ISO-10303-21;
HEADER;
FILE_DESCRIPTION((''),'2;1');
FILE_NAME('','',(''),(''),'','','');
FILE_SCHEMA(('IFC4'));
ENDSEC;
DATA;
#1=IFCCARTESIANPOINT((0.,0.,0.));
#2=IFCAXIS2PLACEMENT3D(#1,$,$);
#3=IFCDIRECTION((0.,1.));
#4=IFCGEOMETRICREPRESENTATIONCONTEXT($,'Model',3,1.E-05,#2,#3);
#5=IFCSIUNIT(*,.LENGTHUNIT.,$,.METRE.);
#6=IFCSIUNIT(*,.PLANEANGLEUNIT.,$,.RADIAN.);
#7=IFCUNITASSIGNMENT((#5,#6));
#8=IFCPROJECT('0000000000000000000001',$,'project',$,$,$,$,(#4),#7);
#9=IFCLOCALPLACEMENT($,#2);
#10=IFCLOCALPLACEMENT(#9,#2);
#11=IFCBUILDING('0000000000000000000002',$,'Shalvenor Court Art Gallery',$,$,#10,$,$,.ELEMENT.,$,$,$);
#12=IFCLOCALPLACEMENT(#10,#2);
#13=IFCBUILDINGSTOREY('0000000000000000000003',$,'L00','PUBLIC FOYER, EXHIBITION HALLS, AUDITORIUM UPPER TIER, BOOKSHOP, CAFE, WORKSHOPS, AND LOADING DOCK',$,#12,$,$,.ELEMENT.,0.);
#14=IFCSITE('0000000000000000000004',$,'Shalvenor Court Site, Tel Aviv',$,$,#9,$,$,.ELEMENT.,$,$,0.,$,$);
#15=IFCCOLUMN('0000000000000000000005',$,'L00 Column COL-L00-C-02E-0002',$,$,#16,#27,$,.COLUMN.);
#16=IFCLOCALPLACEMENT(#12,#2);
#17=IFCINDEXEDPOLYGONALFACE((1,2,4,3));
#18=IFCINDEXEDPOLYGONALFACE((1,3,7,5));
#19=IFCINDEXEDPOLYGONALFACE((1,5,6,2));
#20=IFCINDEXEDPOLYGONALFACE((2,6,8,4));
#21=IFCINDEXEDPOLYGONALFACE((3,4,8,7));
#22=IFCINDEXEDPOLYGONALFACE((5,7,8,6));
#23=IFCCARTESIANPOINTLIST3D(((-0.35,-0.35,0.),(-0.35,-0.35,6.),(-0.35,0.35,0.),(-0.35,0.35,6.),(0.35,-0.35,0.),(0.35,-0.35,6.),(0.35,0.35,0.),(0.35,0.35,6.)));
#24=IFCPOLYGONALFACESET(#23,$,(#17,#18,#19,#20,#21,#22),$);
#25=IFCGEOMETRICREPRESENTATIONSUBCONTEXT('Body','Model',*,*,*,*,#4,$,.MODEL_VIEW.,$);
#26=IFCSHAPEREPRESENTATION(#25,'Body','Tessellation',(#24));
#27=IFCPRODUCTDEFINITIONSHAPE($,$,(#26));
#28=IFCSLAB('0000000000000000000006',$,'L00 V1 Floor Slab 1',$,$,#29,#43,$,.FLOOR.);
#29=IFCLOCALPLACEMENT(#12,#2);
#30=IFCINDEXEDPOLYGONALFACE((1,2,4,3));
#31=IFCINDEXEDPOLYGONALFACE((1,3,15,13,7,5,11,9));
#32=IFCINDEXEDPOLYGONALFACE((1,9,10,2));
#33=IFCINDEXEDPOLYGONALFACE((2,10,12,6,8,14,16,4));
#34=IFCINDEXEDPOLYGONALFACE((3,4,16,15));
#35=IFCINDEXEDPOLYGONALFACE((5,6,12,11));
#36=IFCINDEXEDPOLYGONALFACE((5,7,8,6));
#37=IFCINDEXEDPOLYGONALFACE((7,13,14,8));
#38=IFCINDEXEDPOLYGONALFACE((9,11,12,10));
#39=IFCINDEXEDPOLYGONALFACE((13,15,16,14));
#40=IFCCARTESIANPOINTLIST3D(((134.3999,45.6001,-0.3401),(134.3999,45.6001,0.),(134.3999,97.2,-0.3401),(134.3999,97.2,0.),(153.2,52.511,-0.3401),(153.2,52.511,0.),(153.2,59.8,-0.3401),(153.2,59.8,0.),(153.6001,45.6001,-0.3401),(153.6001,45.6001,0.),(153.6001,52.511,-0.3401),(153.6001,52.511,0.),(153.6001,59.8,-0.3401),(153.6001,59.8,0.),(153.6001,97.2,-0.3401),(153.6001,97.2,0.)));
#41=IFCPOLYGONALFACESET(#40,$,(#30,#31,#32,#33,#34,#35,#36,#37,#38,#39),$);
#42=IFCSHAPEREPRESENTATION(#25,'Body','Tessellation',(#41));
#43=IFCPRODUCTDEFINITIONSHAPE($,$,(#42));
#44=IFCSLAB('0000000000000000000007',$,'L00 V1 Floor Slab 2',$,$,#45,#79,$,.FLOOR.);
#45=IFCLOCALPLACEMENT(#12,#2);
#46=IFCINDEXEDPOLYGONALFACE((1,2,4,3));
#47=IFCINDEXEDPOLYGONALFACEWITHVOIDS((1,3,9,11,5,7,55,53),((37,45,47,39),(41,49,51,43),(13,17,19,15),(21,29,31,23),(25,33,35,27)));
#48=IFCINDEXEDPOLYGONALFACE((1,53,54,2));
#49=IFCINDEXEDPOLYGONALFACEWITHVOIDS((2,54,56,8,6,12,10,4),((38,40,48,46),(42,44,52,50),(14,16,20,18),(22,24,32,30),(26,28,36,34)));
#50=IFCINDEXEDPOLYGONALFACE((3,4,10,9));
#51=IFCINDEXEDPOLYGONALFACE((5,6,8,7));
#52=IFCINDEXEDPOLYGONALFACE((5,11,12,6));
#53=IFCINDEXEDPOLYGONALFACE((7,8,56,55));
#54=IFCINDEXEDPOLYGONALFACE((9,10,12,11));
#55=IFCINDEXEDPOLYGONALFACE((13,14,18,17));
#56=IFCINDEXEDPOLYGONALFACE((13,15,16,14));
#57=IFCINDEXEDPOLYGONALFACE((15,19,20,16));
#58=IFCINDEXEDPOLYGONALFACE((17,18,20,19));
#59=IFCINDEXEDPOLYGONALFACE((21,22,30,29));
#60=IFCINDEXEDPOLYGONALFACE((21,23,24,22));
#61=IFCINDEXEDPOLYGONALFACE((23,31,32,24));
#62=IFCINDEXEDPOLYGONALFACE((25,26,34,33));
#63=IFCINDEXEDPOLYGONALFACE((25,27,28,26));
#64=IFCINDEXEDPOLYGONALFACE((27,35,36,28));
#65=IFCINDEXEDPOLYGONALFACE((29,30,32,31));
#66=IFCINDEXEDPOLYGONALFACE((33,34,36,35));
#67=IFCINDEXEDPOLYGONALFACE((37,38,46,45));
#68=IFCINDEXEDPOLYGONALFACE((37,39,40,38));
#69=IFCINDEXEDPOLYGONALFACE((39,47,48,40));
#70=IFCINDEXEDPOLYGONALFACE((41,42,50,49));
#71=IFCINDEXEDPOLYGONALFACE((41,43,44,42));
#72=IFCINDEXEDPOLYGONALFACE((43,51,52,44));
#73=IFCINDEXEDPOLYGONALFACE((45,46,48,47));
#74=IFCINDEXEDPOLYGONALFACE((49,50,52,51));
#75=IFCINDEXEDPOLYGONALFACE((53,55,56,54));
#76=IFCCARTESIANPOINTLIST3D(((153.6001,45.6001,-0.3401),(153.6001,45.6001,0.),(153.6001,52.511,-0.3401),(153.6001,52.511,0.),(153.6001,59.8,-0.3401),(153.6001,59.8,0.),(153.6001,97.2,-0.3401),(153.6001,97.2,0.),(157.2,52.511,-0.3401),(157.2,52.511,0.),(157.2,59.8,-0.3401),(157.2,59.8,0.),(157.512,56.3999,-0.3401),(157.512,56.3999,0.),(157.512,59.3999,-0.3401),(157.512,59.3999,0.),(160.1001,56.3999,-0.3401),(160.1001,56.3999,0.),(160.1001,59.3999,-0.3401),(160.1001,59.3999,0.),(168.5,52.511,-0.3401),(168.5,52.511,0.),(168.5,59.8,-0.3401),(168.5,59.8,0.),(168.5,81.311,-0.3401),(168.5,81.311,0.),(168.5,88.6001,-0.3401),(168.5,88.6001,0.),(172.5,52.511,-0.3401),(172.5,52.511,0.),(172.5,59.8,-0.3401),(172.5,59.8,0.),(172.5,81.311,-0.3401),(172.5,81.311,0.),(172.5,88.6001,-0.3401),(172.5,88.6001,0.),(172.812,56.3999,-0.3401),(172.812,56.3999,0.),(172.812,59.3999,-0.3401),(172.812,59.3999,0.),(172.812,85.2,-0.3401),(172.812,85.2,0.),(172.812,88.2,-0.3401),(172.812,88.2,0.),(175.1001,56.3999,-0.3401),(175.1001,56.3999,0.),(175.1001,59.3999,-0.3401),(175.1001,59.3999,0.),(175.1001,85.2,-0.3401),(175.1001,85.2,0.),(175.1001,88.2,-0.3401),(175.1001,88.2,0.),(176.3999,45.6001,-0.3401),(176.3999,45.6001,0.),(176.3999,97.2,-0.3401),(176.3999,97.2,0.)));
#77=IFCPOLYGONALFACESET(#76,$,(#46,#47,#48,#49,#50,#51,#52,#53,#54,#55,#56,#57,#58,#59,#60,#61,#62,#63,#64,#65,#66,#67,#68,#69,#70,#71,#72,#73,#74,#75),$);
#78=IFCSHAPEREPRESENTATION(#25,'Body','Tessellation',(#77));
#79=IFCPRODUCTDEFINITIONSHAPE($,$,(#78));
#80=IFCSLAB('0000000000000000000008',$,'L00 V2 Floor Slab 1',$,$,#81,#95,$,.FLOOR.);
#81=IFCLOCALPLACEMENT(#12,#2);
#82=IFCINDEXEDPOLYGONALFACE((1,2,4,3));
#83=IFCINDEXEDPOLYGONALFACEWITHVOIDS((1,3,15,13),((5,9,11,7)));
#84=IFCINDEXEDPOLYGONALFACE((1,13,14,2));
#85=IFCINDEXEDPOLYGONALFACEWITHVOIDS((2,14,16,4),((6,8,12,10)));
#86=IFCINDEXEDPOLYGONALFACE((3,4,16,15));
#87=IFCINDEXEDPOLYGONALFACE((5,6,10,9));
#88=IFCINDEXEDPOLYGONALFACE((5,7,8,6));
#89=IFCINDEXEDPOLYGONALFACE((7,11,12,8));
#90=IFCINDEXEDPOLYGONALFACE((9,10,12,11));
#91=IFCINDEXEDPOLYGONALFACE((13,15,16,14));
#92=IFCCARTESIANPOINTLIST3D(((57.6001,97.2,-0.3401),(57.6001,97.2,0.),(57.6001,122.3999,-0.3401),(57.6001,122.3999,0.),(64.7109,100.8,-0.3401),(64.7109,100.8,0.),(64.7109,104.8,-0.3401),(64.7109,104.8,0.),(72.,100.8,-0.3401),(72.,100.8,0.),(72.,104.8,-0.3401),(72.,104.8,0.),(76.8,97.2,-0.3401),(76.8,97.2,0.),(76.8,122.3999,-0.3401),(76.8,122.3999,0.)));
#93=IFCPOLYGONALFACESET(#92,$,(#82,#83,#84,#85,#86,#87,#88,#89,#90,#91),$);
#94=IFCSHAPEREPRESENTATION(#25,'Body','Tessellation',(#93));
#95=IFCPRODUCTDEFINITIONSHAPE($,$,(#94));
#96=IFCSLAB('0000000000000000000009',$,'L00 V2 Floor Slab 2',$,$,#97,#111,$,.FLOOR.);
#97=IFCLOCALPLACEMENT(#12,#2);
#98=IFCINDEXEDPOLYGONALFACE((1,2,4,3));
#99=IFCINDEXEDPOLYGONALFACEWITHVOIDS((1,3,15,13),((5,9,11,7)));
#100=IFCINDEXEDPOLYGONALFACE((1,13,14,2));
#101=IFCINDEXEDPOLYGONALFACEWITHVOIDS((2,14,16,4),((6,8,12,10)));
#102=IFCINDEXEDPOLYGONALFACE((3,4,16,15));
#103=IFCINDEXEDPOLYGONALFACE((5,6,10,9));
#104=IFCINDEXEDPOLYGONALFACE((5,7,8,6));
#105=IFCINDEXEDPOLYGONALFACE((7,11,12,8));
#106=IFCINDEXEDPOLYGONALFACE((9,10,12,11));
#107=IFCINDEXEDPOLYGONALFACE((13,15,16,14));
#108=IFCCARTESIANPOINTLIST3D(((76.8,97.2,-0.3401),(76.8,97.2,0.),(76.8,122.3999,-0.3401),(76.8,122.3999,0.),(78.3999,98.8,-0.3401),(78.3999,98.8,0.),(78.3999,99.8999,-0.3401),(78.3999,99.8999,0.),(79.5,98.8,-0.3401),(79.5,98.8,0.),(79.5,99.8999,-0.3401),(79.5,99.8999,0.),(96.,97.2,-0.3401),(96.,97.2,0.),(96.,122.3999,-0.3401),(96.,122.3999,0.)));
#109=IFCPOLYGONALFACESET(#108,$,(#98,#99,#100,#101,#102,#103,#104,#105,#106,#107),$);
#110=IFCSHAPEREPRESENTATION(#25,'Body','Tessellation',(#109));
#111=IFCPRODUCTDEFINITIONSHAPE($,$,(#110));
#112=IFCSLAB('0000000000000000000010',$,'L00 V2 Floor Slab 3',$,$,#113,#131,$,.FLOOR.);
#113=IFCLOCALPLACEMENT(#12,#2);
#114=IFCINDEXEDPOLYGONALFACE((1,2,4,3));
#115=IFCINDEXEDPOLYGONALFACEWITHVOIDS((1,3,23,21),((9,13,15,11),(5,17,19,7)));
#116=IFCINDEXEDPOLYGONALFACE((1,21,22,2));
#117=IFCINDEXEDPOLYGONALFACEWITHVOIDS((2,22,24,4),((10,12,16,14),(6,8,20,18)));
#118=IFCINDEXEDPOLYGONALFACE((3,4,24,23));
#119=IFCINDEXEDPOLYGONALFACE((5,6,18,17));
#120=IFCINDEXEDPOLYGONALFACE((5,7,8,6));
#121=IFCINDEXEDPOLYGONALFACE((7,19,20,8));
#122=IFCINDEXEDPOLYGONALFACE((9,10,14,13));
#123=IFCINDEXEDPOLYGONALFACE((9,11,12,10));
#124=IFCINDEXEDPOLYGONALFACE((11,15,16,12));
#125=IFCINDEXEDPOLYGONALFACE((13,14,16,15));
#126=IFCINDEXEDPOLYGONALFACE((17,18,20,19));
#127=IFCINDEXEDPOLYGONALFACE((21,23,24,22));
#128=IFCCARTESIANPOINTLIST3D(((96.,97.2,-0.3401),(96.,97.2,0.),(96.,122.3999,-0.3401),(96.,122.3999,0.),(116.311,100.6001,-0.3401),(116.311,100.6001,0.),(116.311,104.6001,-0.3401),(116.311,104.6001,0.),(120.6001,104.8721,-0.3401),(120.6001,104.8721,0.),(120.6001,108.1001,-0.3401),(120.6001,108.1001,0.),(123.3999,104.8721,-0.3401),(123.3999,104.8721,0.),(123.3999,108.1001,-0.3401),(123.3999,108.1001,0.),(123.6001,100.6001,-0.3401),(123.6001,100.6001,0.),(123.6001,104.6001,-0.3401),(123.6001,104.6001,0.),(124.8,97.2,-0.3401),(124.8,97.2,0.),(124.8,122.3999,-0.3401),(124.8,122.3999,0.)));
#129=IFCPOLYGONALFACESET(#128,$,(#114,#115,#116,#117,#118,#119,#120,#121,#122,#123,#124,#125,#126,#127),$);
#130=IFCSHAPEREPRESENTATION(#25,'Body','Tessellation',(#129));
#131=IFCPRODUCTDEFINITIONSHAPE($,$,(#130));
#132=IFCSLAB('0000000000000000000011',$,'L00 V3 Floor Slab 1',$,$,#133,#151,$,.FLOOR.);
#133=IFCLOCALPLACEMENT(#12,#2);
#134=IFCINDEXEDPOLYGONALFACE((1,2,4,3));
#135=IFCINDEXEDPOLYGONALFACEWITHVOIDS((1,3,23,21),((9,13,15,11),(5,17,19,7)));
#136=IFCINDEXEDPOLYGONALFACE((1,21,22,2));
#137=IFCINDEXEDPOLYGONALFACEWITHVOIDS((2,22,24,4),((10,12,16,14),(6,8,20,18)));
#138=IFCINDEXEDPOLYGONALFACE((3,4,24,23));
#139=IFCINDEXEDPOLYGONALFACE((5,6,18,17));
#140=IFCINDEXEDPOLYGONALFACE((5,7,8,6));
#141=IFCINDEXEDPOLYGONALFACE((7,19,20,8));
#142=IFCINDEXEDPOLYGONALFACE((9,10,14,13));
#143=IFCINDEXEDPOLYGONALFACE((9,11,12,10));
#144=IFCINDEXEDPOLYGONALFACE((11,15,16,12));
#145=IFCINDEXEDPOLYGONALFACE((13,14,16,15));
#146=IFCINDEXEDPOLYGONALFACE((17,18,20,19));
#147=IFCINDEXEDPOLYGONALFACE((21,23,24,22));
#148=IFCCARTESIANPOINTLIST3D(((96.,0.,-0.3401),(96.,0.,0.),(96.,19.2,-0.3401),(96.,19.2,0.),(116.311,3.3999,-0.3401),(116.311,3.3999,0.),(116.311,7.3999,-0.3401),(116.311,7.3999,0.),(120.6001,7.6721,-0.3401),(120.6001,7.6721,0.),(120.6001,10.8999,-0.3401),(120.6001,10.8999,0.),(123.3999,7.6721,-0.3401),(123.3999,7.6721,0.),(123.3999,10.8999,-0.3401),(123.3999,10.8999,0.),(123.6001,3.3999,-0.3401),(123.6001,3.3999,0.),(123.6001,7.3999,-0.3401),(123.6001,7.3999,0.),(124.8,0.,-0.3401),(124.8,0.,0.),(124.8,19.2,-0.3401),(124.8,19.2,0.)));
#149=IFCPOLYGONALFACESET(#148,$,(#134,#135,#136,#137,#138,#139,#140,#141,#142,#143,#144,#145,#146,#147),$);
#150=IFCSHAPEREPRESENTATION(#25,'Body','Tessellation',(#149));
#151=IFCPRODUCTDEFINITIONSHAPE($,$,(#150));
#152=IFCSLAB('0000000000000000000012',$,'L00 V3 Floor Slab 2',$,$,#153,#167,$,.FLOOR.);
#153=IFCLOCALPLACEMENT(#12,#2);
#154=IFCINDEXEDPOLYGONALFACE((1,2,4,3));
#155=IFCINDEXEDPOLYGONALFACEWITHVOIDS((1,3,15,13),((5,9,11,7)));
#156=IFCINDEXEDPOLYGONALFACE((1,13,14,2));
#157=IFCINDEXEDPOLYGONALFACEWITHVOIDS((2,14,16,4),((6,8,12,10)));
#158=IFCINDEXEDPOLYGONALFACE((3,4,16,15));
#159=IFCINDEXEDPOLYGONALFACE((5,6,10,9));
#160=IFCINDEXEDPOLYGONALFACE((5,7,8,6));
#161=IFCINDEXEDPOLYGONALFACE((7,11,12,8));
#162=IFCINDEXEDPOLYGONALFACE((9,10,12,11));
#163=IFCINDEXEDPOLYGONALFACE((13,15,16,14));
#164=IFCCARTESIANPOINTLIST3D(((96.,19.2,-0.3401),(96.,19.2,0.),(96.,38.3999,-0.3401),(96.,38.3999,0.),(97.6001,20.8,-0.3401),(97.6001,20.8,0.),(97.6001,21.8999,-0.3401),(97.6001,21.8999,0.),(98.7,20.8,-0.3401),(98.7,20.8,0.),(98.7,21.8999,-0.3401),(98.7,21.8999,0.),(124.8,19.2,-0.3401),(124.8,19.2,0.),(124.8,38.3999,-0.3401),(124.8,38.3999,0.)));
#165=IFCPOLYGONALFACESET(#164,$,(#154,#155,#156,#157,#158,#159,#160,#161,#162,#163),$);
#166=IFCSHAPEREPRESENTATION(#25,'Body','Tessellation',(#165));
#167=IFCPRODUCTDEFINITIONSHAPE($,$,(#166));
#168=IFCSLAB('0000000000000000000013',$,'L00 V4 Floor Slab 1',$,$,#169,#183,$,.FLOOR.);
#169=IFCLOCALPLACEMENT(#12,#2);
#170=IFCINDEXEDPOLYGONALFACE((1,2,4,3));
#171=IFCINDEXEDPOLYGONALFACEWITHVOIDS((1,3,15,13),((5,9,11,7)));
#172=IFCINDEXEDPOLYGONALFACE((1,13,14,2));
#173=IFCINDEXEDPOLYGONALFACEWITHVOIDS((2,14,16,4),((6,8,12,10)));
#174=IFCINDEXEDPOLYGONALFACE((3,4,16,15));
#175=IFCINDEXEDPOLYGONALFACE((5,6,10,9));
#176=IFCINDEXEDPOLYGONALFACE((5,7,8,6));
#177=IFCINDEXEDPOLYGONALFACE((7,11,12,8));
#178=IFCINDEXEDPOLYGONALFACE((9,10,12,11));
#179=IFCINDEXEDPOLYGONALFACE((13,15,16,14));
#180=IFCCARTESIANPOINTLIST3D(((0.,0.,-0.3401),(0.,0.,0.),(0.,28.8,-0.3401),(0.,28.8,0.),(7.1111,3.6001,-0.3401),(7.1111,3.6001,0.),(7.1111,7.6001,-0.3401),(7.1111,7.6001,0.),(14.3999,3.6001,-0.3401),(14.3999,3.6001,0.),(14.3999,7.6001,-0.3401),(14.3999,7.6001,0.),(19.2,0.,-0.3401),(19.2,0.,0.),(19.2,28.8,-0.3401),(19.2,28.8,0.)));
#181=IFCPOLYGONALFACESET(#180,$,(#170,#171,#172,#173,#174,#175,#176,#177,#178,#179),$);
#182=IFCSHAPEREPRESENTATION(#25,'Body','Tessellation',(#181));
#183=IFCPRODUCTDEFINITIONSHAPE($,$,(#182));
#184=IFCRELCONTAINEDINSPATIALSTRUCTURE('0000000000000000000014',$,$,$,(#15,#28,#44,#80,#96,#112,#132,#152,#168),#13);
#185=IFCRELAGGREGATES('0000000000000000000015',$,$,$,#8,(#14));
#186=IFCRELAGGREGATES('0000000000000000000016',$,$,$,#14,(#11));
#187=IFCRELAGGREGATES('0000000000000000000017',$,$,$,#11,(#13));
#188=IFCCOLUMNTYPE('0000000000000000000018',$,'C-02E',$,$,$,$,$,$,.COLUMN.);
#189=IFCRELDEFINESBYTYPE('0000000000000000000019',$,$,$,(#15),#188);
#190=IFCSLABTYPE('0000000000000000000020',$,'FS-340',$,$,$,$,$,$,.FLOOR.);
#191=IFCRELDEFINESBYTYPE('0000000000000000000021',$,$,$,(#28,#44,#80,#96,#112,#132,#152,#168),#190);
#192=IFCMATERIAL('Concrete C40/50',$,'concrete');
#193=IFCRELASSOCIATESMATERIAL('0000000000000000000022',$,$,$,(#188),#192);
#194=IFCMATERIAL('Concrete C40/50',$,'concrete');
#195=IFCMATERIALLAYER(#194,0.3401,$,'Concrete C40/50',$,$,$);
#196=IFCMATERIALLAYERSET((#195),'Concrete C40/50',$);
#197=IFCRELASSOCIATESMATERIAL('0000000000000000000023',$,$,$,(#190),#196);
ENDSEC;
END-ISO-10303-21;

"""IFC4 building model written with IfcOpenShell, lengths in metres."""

from ifc_helpers import new_model, si_unit, direction, frame, origin, origin_with_axes, origin_2d, place, context, subcontext, project, spatial, polyline, rectangle, outline, extrude, material, layer, layer_set, material_profile, profile_set, type_object, element, save


model = new_model("IFC4")

# Units and contexts
model_context = context("Model", 3, precision=1e-05, world=origin(), true_north=direction((0.0, 1.0)))
body_context = subcontext(model_context, "Body", "Model", "MODEL_VIEW")
ifc_project = project(units=[si_unit("LENGTHUNIT", "METRE"), si_unit("PLANEANGLEUNIT", "RADIAN")], contexts=[model_context])

# Site, building, storey
site_placement = place(None, origin())
site = spatial("IfcSite", under=ifc_project, at=site_placement, Name="Shalvenor Court Site, Tel Aviv", CompositionType="ELEMENT", RefElevation=0.0)
building_placement = place(site_placement, origin())
building = spatial("IfcBuilding", under=site, at=building_placement, Name="Shalvenor Court Art Gallery", CompositionType="ELEMENT")
storey_placement = place(building_placement, origin())
storey = spatial("IfcBuildingStorey", under=building, at=storey_placement, Name="L00", Description="PUBLIC FOYER, EXHIBITION HALLS, AUDITORIUM UPPER TIER, BOOKSHOP, CAFE, WORKSHOPS, AND LOADING DOCK", CompositionType="ELEMENT", Elevation=0.0)

# Column
ifc_material_1 = material(Name="Concrete C40/50", Category="concrete")
ifc_material_profile = material_profile(ifc_material_1, rectangle(XDim=0.7, YDim=0.7, at=origin_2d()), Name="RC 700x700")
ifc_profile_set = profile_set([ifc_material_profile], Name="Concrete C40/50")
column_type = type_object("IfcColumnType", Name="C-02E", PredefinedType="COLUMN", material=ifc_profile_set)
column_placement = place(storey_placement, origin_with_axes())
element("IfcColumn", 1, at=column_placement, inside=storey, type_object=column_type, Name="L00 Column COL-L00-C-02E-0002", PredefinedType="COLUMN", context=body_context, shape_type="SweptSolid", body=[
    extrude(rectangle(XDim=0.7, YDim=0.7, at=origin_2d()), origin(), (0.0, 0.0, 1.0), 6.0),
])

# Slabs
ifc_material_2 = material(Name="Concrete C40/50", Category="concrete")
ifc_layer_1 = layer(ifc_material_2, 0.3401, Name="Concrete C40/50")
ifc_layer_set_1 = layer_set([ifc_layer_1], Name="Concrete C40/50")
slab_type_1 = type_object("IfcSlabType", Name="FS-340", PredefinedType="FLOOR", material=ifc_layer_set_1)
slab_1_placement = place(storey_placement, frame((0.0, 0.0, -0.3401)))
element("IfcSlab", 2, at=slab_1_placement, inside=storey, type_object=slab_type_1, Name="L00 V1 Floor Slab 1", PredefinedType="FLOOR", context=body_context, shape_type="SweptSolid", body=[
    extrude(outline(polyline([(153.6001, 97.2), (153.6001, 59.8), (153.2, 59.8), (153.2, 52.511), (153.6001, 52.511), (153.6001, 45.6001), (134.3999, 45.6001), (134.3999, 97.2), (153.6001, 97.2)])), origin(), (0.0, 0.0, 1.0), 0.3401),
])
slab_2_placement = place(storey_placement, frame((0.0, 0.0, -0.3401)))
element("IfcSlab", 3, at=slab_2_placement, inside=storey, type_object=slab_type_1, Name="L00 V1 Floor Slab 2", PredefinedType="FLOOR", context=body_context, shape_type="SweptSolid", body=[
    extrude(outline(polyline([(176.3999, 97.2), (176.3999, 45.6001), (153.6001, 45.6001), (153.6001, 52.511), (157.2, 52.511), (157.2, 59.8), (153.6001, 59.8), (153.6001, 97.2), (176.3999, 97.2)]), holes=[polyline([(168.5, 81.311), (172.5, 81.311), (172.5, 88.6001), (168.5, 88.6001), (168.5, 81.311)]), polyline([(168.5, 59.8), (168.5, 52.511), (172.5, 52.511), (172.5, 59.8), (168.5, 59.8)]), polyline([(175.1001, 85.2), (175.1001, 88.2), (172.812, 88.2), (172.812, 85.2), (175.1001, 85.2)]), polyline([(172.812, 56.3999), (175.1001, 56.3999), (175.1001, 59.3999), (172.812, 59.3999), (172.812, 56.3999)]), polyline([(157.512, 59.3999), (157.512, 56.3999), (160.1001, 56.3999), (160.1001, 59.3999), (157.512, 59.3999)])]), origin(), (0.0, 0.0, 1.0), 0.3401),
])
slab_3_placement = place(storey_placement, frame((0.0, 0.0, -0.3401)))
element("IfcSlab", 4, at=slab_3_placement, inside=storey, type_object=slab_type_1, Name="L00 V2 Floor Slab 1", PredefinedType="FLOOR", context=body_context, shape_type="SweptSolid", body=[
    extrude(outline(polyline([(57.6001, 97.2), (57.6001, 122.3999), (76.8, 122.3999), (76.8, 97.2), (57.6001, 97.2)]), holes=[polyline([(64.7109, 100.8), (72.0, 100.8), (72.0, 104.8), (64.7109, 104.8), (64.7109, 100.8)])]), origin(), (0.0, 0.0, 1.0), 0.3401),
])
slab_4_placement = place(storey_placement, frame((0.0, 0.0, -0.3401)))
element("IfcSlab", 5, at=slab_4_placement, inside=storey, type_object=slab_type_1, Name="L00 V2 Floor Slab 2", PredefinedType="FLOOR", context=body_context, shape_type="SweptSolid", body=[
    extrude(outline(polyline([(76.8, 97.2), (76.8, 122.3999), (96.0, 122.3999), (96.0, 97.2), (76.8, 97.2)]), holes=[polyline([(78.3999, 98.8), (79.5, 98.8), (79.5, 99.8999), (78.3999, 99.8999), (78.3999, 98.8)])]), origin(), (0.0, 0.0, 1.0), 0.3401),
])
slab_5_placement = place(storey_placement, frame((0.0, 0.0, -0.3401)))
element("IfcSlab", 6, at=slab_5_placement, inside=storey, type_object=slab_type_1, Name="L00 V2 Floor Slab 3", PredefinedType="FLOOR", context=body_context, shape_type="SweptSolid", body=[
    extrude(outline(polyline([(124.8, 97.2), (96.0, 97.2), (96.0, 122.3999), (124.8, 122.3999), (124.8, 97.2)]), holes=[polyline([(123.6001, 100.6001), (123.6001, 104.6001), (116.311, 104.6001), (116.311, 100.6001), (123.6001, 100.6001)]), polyline([(120.6001, 108.1001), (120.6001, 104.8721), (123.3999, 104.8721), (123.3999, 108.1001), (120.6001, 108.1001)])]), origin(), (0.0, 0.0, 1.0), 0.3401),
])
slab_6_placement = place(storey_placement, frame((0.0, 0.0, -0.3401)))
element("IfcSlab", 7, at=slab_6_placement, inside=storey, type_object=slab_type_1, Name="L00 V3 Floor Slab 1", PredefinedType="FLOOR", context=body_context, shape_type="SweptSolid", body=[
    extrude(outline(polyline([(124.8, 0.0), (96.0, 0.0), (96.0, 19.2), (124.8, 19.2), (124.8, 0.0)]), holes=[polyline([(116.311, 3.3999), (123.6001, 3.3999), (123.6001, 7.3999), (116.311, 7.3999), (116.311, 3.3999)]), polyline([(120.6001, 10.8999), (120.6001, 7.6721), (123.3999, 7.6721), (123.3999, 10.8999), (120.6001, 10.8999)])]), origin(), (0.0, 0.0, 1.0), 0.3401),
])
slab_7_placement = place(storey_placement, frame((0.0, 0.0, -0.3401)))
element("IfcSlab", 8, at=slab_7_placement, inside=storey, type_object=slab_type_1, Name="L00 V3 Floor Slab 2", PredefinedType="FLOOR", context=body_context, shape_type="SweptSolid", body=[
    extrude(outline(polyline([(124.8, 38.3999), (124.8, 19.2), (96.0, 19.2), (96.0, 38.3999), (124.8, 38.3999)]), holes=[polyline([(97.6001, 20.8), (98.7, 20.8), (98.7, 21.8999), (97.6001, 21.8999), (97.6001, 20.8)])]), origin(), (0.0, 0.0, 1.0), 0.3401),
])
slab_8_placement = place(storey_placement, frame((0.0, 0.0, -0.3401)))
element("IfcSlab", 9, at=slab_8_placement, inside=storey, type_object=slab_type_1, Name="L00 V4 Floor Slab 1", PredefinedType="FLOOR", context=body_context, shape_type="SweptSolid", body=[
    extrude(outline(polyline([(19.2, 28.8), (19.2, 0.0), (0.0, 0.0), (0.0, 28.8), (19.2, 28.8)]), holes=[polyline([(7.1111, 3.6001), (14.3999, 3.6001), (14.3999, 7.6001), (7.1111, 7.6001), (7.1111, 3.6001)])]), origin(), (0.0, 0.0, 1.0), 0.3401),
])

save(model, "model.ifc")
